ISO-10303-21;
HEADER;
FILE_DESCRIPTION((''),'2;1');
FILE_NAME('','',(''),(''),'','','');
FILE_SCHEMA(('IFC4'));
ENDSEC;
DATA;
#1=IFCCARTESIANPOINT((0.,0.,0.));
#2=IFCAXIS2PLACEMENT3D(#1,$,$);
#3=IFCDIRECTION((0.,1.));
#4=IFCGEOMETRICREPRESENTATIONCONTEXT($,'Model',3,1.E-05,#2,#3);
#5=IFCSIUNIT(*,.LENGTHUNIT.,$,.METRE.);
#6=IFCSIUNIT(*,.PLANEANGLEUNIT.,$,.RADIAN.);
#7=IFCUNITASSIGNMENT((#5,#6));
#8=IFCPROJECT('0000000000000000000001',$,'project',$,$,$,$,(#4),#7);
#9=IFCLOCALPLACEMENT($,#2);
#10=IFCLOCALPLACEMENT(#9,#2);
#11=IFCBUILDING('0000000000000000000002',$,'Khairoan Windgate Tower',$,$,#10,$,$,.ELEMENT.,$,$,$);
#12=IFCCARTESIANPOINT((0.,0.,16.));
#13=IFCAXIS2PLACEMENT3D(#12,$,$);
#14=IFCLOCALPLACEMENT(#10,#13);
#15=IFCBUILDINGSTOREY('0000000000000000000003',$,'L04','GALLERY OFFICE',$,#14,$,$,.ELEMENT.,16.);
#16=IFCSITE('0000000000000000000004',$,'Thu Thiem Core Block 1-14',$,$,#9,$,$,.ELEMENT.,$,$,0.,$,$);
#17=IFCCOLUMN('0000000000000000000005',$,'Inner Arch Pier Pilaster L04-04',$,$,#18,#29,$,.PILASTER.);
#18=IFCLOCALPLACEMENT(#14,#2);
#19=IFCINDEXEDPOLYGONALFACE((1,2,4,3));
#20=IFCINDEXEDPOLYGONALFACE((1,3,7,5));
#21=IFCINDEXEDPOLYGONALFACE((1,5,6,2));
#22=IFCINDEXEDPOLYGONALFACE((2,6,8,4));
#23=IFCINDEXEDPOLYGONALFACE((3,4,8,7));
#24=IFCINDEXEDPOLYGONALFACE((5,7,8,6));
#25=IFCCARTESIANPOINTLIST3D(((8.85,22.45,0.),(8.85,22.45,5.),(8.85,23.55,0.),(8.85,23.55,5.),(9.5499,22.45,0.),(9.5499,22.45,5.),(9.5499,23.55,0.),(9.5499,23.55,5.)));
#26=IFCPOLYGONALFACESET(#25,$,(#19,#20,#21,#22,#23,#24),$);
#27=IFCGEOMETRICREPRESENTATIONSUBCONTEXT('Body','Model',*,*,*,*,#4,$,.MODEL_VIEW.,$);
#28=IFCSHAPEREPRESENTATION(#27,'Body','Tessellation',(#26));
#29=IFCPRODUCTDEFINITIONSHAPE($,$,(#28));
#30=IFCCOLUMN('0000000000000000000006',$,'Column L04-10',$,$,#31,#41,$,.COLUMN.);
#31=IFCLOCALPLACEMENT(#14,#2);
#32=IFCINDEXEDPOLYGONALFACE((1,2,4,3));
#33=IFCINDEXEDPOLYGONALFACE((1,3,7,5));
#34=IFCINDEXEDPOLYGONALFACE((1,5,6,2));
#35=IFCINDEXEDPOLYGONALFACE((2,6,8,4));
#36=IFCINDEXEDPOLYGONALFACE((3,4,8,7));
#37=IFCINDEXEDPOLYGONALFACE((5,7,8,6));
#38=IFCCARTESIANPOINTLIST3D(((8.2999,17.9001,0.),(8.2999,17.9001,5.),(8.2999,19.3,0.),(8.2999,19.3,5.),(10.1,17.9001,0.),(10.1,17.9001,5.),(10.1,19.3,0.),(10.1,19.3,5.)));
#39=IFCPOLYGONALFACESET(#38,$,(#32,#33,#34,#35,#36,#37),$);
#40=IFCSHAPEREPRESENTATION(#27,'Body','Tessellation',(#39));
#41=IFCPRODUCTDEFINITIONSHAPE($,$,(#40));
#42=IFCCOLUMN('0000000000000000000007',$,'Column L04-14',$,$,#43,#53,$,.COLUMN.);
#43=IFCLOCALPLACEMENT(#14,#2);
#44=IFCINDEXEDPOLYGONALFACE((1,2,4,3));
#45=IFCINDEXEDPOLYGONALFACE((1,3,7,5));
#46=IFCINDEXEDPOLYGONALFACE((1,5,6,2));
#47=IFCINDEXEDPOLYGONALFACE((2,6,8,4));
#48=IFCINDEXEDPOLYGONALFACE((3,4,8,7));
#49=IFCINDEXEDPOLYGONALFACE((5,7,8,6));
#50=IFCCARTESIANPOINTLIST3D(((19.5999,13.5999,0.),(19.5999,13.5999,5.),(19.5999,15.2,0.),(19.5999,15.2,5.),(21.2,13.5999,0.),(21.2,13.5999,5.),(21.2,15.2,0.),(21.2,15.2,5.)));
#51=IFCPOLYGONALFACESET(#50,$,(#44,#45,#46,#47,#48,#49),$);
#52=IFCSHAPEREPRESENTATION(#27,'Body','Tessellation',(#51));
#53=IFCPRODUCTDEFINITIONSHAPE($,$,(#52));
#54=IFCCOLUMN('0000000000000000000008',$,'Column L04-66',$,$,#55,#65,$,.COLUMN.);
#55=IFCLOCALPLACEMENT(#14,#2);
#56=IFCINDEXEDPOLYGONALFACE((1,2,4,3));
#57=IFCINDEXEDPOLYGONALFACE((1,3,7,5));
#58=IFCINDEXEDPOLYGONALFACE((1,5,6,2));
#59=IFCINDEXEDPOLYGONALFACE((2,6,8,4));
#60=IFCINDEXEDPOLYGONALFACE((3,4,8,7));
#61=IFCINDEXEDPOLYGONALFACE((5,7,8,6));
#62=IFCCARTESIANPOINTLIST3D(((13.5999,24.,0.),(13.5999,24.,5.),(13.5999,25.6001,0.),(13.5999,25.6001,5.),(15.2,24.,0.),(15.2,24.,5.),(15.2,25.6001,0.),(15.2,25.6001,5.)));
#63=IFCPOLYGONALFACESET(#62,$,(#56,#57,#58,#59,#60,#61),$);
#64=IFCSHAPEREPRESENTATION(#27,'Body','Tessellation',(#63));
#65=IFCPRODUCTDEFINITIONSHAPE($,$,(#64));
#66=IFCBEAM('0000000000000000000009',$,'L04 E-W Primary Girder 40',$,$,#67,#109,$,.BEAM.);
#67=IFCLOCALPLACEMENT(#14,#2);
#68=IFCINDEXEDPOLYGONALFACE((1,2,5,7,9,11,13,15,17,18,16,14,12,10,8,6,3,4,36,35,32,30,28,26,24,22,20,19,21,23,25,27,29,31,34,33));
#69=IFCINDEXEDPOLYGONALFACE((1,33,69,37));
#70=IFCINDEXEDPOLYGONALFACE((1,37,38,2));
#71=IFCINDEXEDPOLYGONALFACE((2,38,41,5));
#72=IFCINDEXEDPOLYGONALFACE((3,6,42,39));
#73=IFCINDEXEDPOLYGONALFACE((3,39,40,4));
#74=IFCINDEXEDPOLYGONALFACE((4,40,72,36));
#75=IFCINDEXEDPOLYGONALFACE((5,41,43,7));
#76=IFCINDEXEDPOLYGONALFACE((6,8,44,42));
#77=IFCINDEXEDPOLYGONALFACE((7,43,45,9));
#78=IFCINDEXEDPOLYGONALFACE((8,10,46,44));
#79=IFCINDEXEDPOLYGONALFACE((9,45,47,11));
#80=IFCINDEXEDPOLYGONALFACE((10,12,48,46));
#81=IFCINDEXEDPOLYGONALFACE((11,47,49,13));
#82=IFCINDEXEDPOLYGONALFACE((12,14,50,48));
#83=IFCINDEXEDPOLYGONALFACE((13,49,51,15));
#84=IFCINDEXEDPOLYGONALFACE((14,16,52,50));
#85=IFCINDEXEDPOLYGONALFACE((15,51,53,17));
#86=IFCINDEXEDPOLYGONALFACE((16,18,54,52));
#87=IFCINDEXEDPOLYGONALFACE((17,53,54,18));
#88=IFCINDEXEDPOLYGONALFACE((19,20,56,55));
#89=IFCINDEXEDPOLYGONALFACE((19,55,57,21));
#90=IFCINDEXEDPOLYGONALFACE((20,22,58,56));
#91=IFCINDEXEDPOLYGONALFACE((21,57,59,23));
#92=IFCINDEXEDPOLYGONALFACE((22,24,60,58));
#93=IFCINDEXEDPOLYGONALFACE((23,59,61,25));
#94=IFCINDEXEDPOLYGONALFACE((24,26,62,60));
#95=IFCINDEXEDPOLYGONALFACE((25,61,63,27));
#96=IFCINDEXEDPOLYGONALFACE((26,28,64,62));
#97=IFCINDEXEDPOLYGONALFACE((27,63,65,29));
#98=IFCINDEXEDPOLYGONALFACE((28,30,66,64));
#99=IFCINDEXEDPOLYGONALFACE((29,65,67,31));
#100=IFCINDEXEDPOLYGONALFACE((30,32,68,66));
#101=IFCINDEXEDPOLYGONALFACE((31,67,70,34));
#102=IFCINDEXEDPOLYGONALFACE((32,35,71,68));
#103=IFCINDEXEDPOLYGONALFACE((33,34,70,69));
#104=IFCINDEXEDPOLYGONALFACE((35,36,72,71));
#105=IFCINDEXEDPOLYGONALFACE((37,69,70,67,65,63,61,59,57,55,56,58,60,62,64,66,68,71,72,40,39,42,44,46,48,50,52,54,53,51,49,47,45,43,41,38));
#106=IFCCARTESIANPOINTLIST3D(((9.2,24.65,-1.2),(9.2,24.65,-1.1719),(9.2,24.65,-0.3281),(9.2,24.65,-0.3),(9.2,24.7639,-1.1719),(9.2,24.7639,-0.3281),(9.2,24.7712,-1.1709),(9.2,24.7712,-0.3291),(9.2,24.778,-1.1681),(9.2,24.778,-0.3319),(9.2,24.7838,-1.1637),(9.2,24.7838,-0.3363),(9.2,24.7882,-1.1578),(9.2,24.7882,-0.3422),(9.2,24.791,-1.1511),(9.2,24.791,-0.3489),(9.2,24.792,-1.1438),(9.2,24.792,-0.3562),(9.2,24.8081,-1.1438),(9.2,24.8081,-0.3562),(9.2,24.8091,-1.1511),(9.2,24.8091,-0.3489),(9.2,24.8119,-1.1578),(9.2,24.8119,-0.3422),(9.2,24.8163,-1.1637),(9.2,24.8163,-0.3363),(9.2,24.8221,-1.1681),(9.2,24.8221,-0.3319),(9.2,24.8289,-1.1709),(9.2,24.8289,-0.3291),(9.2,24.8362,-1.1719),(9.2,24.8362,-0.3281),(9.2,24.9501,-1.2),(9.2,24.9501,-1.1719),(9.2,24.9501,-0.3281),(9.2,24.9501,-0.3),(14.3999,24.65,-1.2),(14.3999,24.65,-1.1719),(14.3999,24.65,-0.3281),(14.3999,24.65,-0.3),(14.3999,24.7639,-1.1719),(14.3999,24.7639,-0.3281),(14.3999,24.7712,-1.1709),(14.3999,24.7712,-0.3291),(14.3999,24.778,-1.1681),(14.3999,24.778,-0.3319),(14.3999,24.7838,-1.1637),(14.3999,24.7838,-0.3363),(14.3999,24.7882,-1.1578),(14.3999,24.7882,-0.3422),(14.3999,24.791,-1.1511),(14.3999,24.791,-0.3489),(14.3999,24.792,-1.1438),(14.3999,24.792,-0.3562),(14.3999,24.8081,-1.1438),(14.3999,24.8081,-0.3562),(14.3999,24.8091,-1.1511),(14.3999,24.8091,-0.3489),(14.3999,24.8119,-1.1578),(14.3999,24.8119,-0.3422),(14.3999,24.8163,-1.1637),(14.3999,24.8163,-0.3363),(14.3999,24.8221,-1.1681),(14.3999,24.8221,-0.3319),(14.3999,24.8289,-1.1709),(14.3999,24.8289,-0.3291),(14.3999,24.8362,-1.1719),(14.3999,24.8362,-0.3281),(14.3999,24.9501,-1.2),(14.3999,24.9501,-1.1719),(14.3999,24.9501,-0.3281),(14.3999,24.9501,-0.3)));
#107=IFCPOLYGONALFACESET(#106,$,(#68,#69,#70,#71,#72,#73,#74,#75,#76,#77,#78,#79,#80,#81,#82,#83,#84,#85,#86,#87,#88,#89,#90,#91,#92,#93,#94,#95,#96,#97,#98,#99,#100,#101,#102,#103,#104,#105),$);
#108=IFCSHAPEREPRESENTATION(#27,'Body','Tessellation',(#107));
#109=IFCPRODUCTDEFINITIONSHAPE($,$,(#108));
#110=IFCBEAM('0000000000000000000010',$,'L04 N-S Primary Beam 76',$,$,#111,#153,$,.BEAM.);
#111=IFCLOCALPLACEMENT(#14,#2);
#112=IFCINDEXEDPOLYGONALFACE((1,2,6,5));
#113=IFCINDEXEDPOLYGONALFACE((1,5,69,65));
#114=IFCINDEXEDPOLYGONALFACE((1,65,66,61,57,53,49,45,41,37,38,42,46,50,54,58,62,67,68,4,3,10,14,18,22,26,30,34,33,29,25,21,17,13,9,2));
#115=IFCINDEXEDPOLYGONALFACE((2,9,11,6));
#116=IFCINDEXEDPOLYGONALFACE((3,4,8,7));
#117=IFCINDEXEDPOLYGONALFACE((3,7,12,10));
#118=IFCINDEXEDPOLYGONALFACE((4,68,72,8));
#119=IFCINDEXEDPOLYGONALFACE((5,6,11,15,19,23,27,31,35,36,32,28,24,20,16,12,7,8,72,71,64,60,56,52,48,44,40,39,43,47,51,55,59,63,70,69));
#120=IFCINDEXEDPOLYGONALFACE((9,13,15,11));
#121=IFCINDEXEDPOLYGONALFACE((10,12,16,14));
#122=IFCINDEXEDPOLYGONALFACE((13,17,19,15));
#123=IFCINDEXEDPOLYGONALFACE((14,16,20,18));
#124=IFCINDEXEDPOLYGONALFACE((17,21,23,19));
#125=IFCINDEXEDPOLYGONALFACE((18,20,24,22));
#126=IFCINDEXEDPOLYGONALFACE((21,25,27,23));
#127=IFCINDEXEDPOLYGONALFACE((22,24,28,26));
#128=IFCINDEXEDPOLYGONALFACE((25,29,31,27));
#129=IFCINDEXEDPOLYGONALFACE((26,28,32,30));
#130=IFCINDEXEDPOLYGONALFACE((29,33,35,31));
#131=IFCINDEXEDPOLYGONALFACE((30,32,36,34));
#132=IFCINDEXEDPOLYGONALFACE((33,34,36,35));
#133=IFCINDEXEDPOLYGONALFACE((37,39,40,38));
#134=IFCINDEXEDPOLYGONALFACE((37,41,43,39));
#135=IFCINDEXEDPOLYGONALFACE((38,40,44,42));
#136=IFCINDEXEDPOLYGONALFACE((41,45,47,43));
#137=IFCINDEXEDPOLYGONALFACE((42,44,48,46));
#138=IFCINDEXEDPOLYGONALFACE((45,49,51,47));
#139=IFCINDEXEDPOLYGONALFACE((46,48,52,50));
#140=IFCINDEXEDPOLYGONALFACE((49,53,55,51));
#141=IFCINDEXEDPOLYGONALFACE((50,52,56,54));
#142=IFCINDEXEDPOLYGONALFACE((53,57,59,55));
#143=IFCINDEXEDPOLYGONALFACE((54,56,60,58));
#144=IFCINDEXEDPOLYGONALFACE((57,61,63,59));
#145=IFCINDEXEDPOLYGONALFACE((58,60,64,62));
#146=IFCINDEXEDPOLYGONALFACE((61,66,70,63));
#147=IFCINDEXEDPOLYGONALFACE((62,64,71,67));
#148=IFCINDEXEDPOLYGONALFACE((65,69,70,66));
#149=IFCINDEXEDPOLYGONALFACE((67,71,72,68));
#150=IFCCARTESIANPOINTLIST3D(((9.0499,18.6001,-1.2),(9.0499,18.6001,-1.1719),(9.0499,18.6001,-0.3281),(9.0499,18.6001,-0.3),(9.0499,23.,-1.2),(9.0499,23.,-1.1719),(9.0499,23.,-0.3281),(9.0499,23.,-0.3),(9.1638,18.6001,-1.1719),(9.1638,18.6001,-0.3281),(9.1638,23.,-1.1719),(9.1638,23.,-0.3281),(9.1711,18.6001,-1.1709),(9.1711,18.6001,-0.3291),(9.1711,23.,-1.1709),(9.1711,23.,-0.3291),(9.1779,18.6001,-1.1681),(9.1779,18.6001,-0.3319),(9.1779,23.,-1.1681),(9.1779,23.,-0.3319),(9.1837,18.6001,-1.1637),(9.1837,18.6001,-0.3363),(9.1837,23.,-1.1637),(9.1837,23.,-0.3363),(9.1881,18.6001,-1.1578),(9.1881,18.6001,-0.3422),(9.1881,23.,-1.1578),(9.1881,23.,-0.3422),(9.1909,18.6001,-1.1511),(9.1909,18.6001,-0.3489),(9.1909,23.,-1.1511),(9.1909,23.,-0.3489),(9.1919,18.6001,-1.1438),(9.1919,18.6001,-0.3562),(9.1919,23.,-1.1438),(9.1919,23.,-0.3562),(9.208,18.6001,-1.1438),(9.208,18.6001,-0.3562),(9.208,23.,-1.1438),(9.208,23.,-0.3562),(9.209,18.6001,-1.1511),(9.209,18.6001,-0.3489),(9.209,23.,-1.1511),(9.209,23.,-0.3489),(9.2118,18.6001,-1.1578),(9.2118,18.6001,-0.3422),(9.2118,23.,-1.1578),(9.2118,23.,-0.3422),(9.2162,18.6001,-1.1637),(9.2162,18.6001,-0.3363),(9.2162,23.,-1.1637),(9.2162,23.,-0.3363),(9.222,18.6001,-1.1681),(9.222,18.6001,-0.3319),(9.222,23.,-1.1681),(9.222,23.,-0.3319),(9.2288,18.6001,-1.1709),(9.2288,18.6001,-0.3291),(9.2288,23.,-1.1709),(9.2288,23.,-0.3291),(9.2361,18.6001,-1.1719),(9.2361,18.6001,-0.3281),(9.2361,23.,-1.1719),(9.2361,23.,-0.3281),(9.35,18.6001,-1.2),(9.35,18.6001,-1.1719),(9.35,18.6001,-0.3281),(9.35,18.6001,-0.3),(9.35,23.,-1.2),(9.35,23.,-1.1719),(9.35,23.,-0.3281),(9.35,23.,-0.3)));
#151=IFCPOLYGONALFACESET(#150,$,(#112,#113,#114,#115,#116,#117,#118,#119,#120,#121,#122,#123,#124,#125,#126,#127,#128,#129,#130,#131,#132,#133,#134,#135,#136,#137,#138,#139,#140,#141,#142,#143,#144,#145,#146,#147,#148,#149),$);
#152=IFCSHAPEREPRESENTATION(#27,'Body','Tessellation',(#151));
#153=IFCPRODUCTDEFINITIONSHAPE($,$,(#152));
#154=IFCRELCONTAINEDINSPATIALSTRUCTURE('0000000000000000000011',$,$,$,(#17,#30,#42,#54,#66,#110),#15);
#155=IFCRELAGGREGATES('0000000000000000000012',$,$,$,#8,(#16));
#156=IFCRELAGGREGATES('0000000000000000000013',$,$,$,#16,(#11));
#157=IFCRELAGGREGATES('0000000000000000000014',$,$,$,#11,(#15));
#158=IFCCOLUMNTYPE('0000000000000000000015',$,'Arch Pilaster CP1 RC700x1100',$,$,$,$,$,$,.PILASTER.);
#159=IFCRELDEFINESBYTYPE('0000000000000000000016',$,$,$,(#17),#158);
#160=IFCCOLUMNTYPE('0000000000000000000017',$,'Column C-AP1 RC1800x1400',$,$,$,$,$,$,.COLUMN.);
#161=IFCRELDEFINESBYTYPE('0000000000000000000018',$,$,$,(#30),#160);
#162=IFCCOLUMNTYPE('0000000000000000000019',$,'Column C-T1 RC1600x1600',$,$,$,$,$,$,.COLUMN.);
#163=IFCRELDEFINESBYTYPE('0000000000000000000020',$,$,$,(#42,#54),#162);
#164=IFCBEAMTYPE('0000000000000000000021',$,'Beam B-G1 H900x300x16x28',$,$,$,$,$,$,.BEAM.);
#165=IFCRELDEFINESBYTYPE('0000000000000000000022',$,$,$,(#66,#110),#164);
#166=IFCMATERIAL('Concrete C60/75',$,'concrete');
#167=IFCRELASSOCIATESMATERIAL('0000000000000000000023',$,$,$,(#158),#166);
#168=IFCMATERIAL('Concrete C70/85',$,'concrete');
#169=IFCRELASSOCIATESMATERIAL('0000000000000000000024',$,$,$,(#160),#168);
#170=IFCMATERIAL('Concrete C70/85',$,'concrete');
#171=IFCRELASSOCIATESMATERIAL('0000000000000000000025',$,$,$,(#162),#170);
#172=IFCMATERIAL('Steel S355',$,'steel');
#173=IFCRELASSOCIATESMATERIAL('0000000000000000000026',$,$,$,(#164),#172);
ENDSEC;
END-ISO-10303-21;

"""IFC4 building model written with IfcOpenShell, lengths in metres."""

from ifc_helpers import new_model, si_unit, direction, frame, origin, origin_2d, place, context, subcontext, project, spatial, rectangle, i_section, extrude, material, material_profile, profile_set, type_object, element, save


model = new_model("IFC4")

# Units and contexts
model_context = context("Model", 3, precision=1e-05, world=origin(), true_north=direction((0.0, 1.0)))
body_context = subcontext(model_context, "Body", "Model", "MODEL_VIEW")
ifc_project = project(units=[si_unit("LENGTHUNIT", "METRE"), si_unit("PLANEANGLEUNIT", "RADIAN")], contexts=[model_context])

# Site, building, storey
site_placement = place(None, origin())
site = spatial("IfcSite", under=ifc_project, at=site_placement, Name="Thu Thiem Core Block 1-14", CompositionType="ELEMENT", RefElevation=0.0)
building_placement = place(site_placement, origin())
building = spatial("IfcBuilding", under=site, at=building_placement, Name="Khairoan Windgate Tower", CompositionType="ELEMENT")
storey_placement = place(building_placement, frame((0.0, 0.0, 16.0)))
storey = spatial("IfcBuildingStorey", under=building, at=storey_placement, Name="L04", Description="GALLERY OFFICE", CompositionType="ELEMENT", Elevation=16.0)

# Columns
ifc_material_1 = material(Name="Concrete C60/75", Category="concrete")
ifc_material_profile_1 = material_profile(ifc_material_1, rectangle(XDim=0.7, YDim=1.1001, at=origin_2d()))
ifc_profile_set_1 = profile_set([ifc_material_profile_1], Name="Concrete C60/75")
column_type_1 = type_object("IfcColumnType", Name="Arch Pilaster CP1 RC700x1100", PredefinedType="PILASTER", material=ifc_profile_set_1)
column_1_placement = place(storey_placement, frame((9.2, 23.0, 0.0), z_axis=(0.0, 0.0, 1.0), x_axis=(1.0, 0.0, 0.0)))
element("IfcColumn", 1, at=column_1_placement, inside=storey, type_object=column_type_1, Name="Inner Arch Pier Pilaster L04-04", PredefinedType="PILASTER", context=body_context, shape_type="SweptSolid", body=[
    extrude(rectangle(XDim=0.7, YDim=1.1001, at=origin_2d()), origin(), (0.0, 0.0, 1.0), 5.0),
])
ifc_material_2 = material(Name="Concrete C70/85", Category="concrete")
ifc_material_profile_2 = material_profile(ifc_material_2, rectangle(XDim=1.8, YDim=1.3999, at=origin_2d()))
ifc_profile_set_2 = profile_set([ifc_material_profile_2], Name="Concrete C70/85")
column_type_2 = type_object("IfcColumnType", Name="Column C-AP1 RC1800x1400", PredefinedType="COLUMN", material=ifc_profile_set_2)
column_2_placement = place(storey_placement, frame((9.2, 18.6001, 0.0), z_axis=(0.0, 0.0, 1.0), x_axis=(1.0, 0.0, 0.0)))
element("IfcColumn", 2, at=column_2_placement, inside=storey, type_object=column_type_2, Name="Column L04-10", PredefinedType="COLUMN", context=body_context, shape_type="SweptSolid", body=[
    extrude(rectangle(XDim=1.8, YDim=1.3999, at=origin_2d()), origin(), (0.0, 0.0, 1.0), 5.0),
])
ifc_material_3 = material(Name="Concrete C70/85", Category="concrete")
ifc_material_profile_3 = material_profile(ifc_material_3, rectangle(XDim=1.6001, YDim=1.6001, at=origin_2d()))
ifc_profile_set_3 = profile_set([ifc_material_profile_3], Name="Concrete C70/85")
column_type_3 = type_object("IfcColumnType", Name="Column C-T1 RC1600x1600", PredefinedType="COLUMN", material=ifc_profile_set_3)
for number, where, z_axis, x_axis, name in (
    (3, (20.3999, 14.3999, 0.0), (0.0, 0.0, 1.0), (1.0, 0.0, 0.0), "Column L04-14"),
    (4, (14.3999, 24.8, 0.0), (0.0, 0.0, 1.0), (1.0, 0.0, 0.0), "Column L04-66"),
):
    element("IfcColumn", number, at=place(storey_placement, frame(where, z_axis=z_axis, x_axis=x_axis)), inside=storey, type_object=column_type_3, Name=name, PredefinedType="COLUMN", context=body_context, shape_type="SweptSolid", body=[
        extrude(rectangle(XDim=1.6001, YDim=1.6001, at=origin_2d()), origin(), (0.0, 0.0, 1.0), 5.0),
    ])

# Beams
ifc_material_4 = material(Name="Steel S355", Category="steel")
ifc_material_profile_4 = material_profile(ifc_material_4, i_section(OverallWidth=0.3, OverallDepth=0.8999, WebThickness=0.0161, FlangeThickness=0.0281, FilletRadius=0.0281, at=origin_2d()))
ifc_profile_set_4 = profile_set([ifc_material_profile_4], Name="Steel S355")
beam_type = type_object("IfcBeamType", Name="Beam B-G1 H900x300x16x28", PredefinedType="BEAM", material=ifc_profile_set_4)
beam_1_placement = place(storey_placement, frame((9.2, 24.8, -0.75), z_axis=(1.0, 0.0, 0.0), x_axis=(0.0, 1.0, 0.0)))
element("IfcBeam", 5, at=beam_1_placement, inside=storey, type_object=beam_type, Name="L04 E-W Primary Girder 40", PredefinedType="BEAM", context=body_context, shape_type="SweptSolid", body=[
    extrude(i_section(OverallWidth=0.3, OverallDepth=0.8999, WebThickness=0.0161, FlangeThickness=0.0281, FilletRadius=0.0281, at=origin_2d()), origin(), (0.0, 0.0, 1.0), 5.2),
])
beam_2_placement = place(storey_placement, frame((9.2, 18.6001, -0.75), z_axis=(0.0, 1.0, 0.0), x_axis=(-1.0, 0.0, 0.0)))
element("IfcBeam", 6, at=beam_2_placement, inside=storey, type_object=beam_type, Name="L04 N-S Primary Beam 76", PredefinedType="BEAM", context=body_context, shape_type="SweptSolid", body=[
    extrude(i_section(OverallWidth=0.3, OverallDepth=0.8999, WebThickness=0.0161, FlangeThickness=0.0281, FilletRadius=0.0281, at=origin_2d()), origin(), (0.0, 0.0, 1.0), 4.3999),
])

save(model, "model.ifc")
